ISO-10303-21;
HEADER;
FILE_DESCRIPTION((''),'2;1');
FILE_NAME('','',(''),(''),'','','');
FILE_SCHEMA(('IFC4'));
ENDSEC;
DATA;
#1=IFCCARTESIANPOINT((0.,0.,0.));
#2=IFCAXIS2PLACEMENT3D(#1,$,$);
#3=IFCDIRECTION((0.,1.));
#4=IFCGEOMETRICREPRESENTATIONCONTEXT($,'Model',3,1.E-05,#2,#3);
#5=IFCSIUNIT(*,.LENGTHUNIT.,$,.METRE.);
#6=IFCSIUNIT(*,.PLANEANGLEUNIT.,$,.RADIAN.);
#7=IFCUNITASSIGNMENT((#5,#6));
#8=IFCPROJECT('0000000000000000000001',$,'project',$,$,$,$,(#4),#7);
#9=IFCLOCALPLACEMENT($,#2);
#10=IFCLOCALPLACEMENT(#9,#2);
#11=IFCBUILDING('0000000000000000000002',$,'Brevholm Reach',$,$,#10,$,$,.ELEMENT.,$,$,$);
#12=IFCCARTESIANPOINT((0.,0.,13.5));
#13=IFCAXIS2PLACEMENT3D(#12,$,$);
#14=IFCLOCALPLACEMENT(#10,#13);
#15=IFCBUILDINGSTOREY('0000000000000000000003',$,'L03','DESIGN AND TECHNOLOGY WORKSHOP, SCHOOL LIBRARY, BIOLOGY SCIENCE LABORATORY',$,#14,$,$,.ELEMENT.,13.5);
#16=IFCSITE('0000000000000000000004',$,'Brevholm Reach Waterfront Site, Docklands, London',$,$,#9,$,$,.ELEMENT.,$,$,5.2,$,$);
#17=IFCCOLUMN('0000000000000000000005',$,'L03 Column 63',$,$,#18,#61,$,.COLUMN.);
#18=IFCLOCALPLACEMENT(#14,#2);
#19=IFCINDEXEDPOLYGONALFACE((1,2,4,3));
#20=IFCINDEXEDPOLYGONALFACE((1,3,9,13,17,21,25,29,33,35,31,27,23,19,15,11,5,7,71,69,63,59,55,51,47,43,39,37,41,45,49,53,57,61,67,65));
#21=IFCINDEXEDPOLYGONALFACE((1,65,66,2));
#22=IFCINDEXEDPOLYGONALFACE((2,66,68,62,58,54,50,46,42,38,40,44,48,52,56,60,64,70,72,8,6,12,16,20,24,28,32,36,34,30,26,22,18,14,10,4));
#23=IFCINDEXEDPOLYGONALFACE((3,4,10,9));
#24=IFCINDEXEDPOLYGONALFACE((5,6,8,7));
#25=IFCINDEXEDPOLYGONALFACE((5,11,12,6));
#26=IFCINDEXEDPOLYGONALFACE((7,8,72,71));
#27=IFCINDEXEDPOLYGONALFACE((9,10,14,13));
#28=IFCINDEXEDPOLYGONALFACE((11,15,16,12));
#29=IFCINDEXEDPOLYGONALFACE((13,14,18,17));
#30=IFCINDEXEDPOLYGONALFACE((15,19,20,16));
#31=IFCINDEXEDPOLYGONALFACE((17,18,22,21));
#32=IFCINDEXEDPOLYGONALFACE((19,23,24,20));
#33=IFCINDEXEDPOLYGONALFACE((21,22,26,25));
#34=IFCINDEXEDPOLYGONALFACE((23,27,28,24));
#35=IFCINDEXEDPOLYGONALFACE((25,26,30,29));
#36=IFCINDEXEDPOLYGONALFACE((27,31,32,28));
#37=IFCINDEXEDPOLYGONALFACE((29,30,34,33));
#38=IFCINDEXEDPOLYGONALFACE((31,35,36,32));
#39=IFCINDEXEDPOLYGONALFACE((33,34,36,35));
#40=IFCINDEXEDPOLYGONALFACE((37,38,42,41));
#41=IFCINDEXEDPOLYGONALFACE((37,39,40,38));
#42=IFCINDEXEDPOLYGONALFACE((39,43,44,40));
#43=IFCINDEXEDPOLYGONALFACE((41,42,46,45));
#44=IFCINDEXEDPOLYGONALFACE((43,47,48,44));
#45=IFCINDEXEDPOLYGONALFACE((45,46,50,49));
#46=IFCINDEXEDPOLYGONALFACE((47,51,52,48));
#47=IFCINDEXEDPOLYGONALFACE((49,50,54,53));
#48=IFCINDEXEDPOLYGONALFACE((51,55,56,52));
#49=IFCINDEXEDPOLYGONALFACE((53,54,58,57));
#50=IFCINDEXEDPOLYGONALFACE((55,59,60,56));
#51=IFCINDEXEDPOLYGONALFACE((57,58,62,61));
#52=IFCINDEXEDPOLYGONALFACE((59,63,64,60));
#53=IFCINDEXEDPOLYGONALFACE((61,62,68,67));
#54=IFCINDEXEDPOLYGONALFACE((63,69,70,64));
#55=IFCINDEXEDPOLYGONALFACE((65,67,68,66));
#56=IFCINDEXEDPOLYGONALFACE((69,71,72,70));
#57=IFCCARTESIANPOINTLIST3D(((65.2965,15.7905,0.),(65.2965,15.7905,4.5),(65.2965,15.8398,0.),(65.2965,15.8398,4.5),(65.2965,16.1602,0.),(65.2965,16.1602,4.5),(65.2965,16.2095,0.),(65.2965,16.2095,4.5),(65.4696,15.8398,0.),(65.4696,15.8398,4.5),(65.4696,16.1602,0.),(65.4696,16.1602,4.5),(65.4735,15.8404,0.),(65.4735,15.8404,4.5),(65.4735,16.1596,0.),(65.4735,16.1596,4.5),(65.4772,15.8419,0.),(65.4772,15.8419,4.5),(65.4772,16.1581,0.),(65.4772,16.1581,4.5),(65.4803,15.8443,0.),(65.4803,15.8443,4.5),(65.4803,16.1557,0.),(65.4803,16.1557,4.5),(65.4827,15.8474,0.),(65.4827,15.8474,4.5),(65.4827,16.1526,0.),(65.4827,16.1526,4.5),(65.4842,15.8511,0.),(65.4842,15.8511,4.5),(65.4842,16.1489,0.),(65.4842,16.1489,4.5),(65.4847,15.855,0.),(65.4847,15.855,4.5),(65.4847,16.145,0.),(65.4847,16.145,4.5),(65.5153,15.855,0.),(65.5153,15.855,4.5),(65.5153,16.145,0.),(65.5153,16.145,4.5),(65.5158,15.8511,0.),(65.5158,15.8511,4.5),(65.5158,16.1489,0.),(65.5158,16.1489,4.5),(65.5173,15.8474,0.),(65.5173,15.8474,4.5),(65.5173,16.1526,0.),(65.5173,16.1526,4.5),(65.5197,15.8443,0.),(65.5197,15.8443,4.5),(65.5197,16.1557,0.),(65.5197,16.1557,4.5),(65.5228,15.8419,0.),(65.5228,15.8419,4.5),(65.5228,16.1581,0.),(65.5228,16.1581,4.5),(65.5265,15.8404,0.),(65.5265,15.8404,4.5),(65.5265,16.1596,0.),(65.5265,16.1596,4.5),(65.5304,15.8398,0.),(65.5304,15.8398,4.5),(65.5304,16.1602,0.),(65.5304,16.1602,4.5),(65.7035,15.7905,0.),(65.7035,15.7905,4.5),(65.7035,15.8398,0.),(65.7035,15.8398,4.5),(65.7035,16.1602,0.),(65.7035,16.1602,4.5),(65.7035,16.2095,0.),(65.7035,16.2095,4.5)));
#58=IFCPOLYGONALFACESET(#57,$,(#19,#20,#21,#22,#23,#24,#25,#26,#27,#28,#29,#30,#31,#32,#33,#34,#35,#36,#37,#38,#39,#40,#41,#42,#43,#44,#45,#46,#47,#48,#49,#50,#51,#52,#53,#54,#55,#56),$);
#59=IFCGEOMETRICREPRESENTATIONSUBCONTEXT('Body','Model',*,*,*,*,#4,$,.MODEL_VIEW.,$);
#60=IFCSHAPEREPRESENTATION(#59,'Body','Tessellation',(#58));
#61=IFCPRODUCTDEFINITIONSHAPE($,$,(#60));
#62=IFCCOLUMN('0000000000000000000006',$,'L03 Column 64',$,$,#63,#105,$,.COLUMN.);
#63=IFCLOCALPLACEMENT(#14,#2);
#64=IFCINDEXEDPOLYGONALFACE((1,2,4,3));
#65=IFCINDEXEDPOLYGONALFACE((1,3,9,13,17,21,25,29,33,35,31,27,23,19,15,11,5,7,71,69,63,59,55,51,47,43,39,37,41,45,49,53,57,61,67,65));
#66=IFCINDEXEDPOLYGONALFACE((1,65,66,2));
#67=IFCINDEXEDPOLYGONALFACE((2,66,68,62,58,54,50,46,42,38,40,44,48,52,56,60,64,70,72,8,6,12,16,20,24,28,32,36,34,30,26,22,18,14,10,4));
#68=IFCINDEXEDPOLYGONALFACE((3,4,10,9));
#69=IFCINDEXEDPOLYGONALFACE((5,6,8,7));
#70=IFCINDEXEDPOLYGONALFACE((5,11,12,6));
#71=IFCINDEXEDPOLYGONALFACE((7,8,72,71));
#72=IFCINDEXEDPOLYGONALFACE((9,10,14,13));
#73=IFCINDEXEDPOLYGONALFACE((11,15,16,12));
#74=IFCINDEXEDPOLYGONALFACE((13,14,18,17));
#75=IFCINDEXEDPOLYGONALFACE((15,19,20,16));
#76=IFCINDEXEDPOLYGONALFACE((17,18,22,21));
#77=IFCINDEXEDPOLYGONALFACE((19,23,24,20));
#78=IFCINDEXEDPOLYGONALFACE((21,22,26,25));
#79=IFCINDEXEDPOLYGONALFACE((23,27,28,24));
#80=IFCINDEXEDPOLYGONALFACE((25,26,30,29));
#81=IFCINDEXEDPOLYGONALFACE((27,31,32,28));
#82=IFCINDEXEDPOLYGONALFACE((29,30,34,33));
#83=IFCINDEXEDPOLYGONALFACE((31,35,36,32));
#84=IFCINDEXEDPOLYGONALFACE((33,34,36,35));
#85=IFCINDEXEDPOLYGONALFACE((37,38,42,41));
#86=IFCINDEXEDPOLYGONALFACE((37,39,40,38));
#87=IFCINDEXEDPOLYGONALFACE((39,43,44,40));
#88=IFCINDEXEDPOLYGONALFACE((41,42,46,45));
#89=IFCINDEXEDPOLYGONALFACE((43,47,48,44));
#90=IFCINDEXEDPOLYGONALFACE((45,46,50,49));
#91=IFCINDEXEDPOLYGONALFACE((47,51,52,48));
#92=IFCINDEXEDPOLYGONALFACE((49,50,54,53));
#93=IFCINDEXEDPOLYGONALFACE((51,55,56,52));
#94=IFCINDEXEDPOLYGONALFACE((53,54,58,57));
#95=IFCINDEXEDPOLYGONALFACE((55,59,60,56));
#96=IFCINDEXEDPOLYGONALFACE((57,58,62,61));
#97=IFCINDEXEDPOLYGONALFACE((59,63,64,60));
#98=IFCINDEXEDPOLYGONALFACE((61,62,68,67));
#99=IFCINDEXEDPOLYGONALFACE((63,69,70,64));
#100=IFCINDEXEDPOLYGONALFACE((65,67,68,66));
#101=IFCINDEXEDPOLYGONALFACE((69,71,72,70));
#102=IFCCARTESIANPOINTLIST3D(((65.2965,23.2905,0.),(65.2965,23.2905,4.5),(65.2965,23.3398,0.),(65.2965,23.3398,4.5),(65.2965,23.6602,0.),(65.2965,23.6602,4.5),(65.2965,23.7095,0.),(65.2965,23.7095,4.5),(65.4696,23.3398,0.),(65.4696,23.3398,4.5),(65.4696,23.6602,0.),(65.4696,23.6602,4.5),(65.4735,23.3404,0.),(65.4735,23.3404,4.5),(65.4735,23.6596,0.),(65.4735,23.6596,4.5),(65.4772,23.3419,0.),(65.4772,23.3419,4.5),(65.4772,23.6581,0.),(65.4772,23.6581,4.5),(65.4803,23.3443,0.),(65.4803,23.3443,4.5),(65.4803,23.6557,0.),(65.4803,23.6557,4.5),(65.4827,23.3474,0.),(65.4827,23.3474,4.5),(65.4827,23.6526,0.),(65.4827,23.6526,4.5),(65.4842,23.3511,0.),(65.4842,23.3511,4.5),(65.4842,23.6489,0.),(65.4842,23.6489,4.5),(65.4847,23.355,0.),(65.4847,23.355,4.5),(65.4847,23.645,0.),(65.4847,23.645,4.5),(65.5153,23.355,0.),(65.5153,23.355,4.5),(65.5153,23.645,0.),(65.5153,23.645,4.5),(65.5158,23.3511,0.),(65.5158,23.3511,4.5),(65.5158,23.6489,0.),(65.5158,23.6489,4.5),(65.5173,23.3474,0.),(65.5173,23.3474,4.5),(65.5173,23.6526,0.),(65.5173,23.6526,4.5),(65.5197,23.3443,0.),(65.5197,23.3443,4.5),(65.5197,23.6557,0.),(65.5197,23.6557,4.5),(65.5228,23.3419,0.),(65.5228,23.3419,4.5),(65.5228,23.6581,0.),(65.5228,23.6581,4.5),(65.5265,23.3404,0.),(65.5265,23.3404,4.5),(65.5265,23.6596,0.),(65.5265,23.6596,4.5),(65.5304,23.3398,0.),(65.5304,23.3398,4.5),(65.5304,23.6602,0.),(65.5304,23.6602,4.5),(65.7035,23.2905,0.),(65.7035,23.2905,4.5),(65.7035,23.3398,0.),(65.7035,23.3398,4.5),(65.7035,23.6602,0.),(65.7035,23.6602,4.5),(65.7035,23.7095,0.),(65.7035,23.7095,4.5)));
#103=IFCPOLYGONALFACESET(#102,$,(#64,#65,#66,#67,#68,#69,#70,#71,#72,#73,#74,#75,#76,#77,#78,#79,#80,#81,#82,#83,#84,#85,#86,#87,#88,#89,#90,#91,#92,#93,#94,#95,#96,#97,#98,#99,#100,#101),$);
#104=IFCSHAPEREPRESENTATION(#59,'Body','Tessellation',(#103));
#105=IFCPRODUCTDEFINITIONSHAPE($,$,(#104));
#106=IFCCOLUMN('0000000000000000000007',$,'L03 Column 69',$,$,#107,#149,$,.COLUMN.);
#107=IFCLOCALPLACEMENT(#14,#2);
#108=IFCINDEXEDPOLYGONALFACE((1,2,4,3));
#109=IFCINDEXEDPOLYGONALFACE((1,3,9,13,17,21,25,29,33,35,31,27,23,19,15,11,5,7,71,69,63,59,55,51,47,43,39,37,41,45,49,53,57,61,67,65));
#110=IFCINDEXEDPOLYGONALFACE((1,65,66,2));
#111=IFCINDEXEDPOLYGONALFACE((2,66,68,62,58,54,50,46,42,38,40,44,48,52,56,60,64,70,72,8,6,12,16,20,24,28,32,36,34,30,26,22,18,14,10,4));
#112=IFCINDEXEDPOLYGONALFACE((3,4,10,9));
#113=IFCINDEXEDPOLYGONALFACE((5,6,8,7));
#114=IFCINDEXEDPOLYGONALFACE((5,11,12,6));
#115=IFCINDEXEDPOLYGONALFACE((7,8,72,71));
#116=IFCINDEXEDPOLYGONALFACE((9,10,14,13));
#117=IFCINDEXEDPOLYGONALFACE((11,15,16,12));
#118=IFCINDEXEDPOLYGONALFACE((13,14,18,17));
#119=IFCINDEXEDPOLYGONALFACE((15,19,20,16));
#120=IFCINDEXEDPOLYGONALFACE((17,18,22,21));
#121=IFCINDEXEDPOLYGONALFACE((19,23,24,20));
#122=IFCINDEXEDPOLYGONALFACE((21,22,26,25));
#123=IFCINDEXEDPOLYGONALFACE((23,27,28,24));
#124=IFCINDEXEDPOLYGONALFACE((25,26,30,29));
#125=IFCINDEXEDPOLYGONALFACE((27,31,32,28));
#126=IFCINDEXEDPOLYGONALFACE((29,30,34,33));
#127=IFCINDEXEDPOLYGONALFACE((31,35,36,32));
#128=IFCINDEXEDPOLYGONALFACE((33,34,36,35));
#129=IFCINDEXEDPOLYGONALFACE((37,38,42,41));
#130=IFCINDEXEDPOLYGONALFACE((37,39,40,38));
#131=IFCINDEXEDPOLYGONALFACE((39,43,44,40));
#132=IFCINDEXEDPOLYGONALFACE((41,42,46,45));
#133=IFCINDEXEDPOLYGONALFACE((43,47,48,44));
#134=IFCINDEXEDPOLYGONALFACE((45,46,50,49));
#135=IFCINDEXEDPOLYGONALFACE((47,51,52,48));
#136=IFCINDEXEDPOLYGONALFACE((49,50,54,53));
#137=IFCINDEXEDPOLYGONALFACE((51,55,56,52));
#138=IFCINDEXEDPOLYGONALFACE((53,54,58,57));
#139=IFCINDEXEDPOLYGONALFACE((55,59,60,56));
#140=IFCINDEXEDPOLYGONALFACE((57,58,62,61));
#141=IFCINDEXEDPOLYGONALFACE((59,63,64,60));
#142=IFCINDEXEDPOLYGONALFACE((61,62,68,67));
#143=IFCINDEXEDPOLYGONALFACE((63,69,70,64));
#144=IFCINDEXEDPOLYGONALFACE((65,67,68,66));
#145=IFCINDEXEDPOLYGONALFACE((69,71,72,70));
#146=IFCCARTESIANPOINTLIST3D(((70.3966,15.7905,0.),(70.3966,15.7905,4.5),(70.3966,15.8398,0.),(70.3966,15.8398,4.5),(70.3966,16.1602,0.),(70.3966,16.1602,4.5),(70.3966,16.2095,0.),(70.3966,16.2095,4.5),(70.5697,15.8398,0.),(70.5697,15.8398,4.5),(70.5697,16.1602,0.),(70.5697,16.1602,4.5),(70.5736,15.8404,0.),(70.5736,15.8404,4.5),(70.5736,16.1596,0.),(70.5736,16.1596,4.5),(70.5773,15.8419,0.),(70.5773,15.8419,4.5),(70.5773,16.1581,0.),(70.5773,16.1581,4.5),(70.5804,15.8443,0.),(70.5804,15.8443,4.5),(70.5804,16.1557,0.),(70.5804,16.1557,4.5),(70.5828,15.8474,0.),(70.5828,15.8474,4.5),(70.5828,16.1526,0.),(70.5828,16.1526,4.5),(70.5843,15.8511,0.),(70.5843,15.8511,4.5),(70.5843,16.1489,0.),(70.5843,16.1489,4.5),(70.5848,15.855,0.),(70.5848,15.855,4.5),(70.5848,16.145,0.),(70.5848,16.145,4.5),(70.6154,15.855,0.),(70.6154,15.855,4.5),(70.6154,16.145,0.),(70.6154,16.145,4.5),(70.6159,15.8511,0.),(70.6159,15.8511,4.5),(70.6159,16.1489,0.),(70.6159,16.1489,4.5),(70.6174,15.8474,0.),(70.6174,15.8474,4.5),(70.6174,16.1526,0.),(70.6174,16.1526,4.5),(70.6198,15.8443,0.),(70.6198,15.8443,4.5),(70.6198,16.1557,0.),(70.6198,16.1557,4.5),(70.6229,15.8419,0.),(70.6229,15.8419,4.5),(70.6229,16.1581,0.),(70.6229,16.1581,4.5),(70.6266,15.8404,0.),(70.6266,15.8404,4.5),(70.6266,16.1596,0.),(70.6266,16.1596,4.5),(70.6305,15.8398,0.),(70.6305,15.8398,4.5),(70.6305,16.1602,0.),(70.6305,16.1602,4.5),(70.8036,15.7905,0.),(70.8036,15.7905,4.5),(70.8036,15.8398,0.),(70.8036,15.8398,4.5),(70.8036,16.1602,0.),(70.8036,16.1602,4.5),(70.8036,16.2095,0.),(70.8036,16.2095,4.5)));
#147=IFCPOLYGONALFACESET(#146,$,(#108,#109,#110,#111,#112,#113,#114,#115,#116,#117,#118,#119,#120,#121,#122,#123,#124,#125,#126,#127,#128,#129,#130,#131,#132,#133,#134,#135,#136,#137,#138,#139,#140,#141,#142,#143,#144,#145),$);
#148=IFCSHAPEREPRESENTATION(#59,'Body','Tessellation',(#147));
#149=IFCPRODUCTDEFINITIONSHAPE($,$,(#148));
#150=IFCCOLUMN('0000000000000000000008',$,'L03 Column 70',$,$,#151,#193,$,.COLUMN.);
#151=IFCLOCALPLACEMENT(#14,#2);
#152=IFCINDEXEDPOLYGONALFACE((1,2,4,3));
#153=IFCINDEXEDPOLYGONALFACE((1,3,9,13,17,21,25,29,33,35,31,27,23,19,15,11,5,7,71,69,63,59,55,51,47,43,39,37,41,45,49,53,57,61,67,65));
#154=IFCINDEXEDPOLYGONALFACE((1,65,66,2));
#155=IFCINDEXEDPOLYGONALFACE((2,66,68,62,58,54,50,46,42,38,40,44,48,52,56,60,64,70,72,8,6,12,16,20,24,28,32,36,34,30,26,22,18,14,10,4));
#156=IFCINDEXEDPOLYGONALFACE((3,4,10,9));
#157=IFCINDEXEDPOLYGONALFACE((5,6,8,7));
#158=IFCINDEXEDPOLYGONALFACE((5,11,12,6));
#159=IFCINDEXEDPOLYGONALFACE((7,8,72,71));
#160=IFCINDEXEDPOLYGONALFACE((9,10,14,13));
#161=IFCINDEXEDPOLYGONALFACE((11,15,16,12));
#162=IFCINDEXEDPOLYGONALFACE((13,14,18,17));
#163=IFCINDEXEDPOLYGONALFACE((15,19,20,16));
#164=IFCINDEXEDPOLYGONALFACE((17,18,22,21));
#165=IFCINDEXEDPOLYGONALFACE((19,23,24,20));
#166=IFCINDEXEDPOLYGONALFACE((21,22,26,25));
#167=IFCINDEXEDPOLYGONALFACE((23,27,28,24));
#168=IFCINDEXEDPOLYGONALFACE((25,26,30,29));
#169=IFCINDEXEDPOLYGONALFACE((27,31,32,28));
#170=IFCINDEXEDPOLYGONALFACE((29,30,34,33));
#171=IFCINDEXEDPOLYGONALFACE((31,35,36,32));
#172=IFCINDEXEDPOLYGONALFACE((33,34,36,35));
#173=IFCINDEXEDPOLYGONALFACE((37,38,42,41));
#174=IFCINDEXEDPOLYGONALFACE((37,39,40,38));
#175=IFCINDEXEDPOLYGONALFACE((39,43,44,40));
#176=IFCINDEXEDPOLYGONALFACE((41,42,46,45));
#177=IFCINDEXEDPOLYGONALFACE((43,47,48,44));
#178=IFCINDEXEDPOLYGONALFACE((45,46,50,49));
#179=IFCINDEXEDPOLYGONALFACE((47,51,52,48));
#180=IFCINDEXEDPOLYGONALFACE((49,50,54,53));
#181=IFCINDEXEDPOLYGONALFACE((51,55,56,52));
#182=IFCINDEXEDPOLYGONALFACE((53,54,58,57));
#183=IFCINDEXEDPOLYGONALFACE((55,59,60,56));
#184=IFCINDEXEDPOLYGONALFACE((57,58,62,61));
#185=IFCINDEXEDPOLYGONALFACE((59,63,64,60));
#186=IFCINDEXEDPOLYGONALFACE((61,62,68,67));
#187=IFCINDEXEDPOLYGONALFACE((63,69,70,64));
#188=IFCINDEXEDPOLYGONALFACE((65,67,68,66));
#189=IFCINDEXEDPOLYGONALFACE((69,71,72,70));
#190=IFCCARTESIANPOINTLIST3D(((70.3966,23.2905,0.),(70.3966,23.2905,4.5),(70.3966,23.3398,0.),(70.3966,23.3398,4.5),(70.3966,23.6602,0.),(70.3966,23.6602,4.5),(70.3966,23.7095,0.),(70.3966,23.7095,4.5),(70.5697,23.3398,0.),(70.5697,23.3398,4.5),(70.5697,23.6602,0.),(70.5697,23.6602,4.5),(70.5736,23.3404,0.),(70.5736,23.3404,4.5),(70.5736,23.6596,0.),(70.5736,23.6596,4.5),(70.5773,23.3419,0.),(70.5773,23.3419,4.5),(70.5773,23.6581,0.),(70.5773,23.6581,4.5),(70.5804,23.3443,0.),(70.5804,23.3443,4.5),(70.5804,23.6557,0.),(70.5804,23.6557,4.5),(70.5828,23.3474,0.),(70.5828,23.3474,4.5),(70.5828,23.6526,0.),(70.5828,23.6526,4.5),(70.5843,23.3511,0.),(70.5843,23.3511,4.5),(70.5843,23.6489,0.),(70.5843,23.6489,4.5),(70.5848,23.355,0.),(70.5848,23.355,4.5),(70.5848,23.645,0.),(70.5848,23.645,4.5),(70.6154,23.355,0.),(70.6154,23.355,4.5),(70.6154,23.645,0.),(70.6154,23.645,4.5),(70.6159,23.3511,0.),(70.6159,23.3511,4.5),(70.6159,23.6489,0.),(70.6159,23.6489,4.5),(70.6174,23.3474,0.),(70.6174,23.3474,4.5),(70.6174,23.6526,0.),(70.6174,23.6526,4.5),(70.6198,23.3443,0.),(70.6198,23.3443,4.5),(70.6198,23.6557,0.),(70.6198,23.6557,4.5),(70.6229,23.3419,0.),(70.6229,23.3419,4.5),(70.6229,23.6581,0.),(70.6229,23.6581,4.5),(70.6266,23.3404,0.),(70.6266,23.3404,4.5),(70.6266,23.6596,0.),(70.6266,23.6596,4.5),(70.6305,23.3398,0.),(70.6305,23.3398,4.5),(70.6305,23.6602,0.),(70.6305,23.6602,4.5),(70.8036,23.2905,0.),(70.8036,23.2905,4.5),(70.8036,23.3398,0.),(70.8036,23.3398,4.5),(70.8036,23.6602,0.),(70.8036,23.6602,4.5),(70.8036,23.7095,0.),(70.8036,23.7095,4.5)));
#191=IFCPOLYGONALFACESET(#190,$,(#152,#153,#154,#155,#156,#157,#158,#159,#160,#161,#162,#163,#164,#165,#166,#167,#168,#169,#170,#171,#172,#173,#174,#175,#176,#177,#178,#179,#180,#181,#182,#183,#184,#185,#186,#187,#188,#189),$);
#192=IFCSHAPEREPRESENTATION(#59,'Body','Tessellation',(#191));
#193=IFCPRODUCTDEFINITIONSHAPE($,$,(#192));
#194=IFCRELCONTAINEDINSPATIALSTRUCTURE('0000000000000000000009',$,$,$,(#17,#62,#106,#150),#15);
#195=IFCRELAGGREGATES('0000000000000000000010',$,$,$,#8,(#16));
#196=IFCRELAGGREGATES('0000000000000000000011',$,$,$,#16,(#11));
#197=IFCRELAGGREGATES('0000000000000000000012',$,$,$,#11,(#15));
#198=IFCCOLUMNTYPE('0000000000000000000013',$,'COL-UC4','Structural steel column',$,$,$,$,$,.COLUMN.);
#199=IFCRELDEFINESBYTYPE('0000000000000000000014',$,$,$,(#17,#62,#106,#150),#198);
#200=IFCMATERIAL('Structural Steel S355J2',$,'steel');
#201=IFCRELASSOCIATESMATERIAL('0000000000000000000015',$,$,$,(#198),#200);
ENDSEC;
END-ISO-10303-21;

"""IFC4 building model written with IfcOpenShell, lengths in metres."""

from ifc_helpers import new_model, si_unit, direction, frame, origin, origin_2d, place, context, subcontext, project, spatial, i_section, extrude, material, material_profile, profile_set, type_object, element, save


model = new_model("IFC4")

# Units and contexts
model_context = context("Model", 3, precision=1e-05, world=origin(), true_north=direction((0.0, 1.0)))
body_context = subcontext(model_context, "Body", "Model", "MODEL_VIEW")
ifc_project = project(units=[si_unit("LENGTHUNIT", "METRE"), si_unit("PLANEANGLEUNIT", "RADIAN")], contexts=[model_context])

# Site, building, storey
site_placement = place(None, origin())
site = spatial("IfcSite", under=ifc_project, at=site_placement, Name="Brevholm Reach Waterfront Site, Docklands, London", CompositionType="ELEMENT", RefElevation=5.2)
building_placement = place(site_placement, origin())
building = spatial("IfcBuilding", under=site, at=building_placement, Name="Brevholm Reach", CompositionType="ELEMENT")
storey_placement = place(building_placement, frame((0.0, 0.0, 13.5)))
storey = spatial("IfcBuildingStorey", under=building, at=storey_placement, Name="L03", Description="DESIGN AND TECHNOLOGY WORKSHOP, SCHOOL LIBRARY, BIOLOGY SCIENCE LABORATORY", CompositionType="ELEMENT", Elevation=13.5)

# Columns
ifc_material_1 = material(Name="Structural Steel S355J2", Category="steel")
ifc_material_profile_1 = material_profile(ifc_material_1, i_section(OverallWidth=0.407, OverallDepth=0.4189, WebThickness=0.0305, FlangeThickness=0.0493, FilletRadius=0.0151, at=origin_2d()), Name="UKC 356x406x393")
ifc_profile_set_1 = profile_set([ifc_material_profile_1], Name="Structural Steel S355J2")
column_type_1 = type_object("IfcColumnType", Name="COL-UC4", Description="Structural steel column", PredefinedType="COLUMN", material=ifc_profile_set_1)
for number, where, z_axis, x_axis, name in (
    (1, (65.5, 16.0, 0.0), (0.0, 0.0, 1.0), (1.0, 0.0, 0.0), "L03 Column 63"),
    (2, (65.5, 23.5, 0.0), (0.0, 0.0, 1.0), (1.0, 0.0, 0.0), "L03 Column 64"),
    (3, (70.6001, 16.0, 0.0), (0.0, 0.0, 1.0), (1.0, 0.0, 0.0), "L03 Column 69"),
    (4, (70.6001, 23.5, 0.0), (0.0, 0.0, 1.0), (1.0, 0.0, 0.0), "L03 Column 70"),
):
    element("IfcColumn", number, at=place(storey_placement, frame(where, z_axis=z_axis, x_axis=x_axis)), inside=storey, type_object=column_type_1, Name=name, PredefinedType="COLUMN", context=body_context, shape_type="SweptSolid", body=[
        extrude(i_section(OverallWidth=0.407, OverallDepth=0.4189, WebThickness=0.0305, FlangeThickness=0.0493, FilletRadius=0.0151, at=origin_2d()), origin(), (0.0, 0.0, 1.0), 4.5),
    ])

save(model, "model.ifc")
